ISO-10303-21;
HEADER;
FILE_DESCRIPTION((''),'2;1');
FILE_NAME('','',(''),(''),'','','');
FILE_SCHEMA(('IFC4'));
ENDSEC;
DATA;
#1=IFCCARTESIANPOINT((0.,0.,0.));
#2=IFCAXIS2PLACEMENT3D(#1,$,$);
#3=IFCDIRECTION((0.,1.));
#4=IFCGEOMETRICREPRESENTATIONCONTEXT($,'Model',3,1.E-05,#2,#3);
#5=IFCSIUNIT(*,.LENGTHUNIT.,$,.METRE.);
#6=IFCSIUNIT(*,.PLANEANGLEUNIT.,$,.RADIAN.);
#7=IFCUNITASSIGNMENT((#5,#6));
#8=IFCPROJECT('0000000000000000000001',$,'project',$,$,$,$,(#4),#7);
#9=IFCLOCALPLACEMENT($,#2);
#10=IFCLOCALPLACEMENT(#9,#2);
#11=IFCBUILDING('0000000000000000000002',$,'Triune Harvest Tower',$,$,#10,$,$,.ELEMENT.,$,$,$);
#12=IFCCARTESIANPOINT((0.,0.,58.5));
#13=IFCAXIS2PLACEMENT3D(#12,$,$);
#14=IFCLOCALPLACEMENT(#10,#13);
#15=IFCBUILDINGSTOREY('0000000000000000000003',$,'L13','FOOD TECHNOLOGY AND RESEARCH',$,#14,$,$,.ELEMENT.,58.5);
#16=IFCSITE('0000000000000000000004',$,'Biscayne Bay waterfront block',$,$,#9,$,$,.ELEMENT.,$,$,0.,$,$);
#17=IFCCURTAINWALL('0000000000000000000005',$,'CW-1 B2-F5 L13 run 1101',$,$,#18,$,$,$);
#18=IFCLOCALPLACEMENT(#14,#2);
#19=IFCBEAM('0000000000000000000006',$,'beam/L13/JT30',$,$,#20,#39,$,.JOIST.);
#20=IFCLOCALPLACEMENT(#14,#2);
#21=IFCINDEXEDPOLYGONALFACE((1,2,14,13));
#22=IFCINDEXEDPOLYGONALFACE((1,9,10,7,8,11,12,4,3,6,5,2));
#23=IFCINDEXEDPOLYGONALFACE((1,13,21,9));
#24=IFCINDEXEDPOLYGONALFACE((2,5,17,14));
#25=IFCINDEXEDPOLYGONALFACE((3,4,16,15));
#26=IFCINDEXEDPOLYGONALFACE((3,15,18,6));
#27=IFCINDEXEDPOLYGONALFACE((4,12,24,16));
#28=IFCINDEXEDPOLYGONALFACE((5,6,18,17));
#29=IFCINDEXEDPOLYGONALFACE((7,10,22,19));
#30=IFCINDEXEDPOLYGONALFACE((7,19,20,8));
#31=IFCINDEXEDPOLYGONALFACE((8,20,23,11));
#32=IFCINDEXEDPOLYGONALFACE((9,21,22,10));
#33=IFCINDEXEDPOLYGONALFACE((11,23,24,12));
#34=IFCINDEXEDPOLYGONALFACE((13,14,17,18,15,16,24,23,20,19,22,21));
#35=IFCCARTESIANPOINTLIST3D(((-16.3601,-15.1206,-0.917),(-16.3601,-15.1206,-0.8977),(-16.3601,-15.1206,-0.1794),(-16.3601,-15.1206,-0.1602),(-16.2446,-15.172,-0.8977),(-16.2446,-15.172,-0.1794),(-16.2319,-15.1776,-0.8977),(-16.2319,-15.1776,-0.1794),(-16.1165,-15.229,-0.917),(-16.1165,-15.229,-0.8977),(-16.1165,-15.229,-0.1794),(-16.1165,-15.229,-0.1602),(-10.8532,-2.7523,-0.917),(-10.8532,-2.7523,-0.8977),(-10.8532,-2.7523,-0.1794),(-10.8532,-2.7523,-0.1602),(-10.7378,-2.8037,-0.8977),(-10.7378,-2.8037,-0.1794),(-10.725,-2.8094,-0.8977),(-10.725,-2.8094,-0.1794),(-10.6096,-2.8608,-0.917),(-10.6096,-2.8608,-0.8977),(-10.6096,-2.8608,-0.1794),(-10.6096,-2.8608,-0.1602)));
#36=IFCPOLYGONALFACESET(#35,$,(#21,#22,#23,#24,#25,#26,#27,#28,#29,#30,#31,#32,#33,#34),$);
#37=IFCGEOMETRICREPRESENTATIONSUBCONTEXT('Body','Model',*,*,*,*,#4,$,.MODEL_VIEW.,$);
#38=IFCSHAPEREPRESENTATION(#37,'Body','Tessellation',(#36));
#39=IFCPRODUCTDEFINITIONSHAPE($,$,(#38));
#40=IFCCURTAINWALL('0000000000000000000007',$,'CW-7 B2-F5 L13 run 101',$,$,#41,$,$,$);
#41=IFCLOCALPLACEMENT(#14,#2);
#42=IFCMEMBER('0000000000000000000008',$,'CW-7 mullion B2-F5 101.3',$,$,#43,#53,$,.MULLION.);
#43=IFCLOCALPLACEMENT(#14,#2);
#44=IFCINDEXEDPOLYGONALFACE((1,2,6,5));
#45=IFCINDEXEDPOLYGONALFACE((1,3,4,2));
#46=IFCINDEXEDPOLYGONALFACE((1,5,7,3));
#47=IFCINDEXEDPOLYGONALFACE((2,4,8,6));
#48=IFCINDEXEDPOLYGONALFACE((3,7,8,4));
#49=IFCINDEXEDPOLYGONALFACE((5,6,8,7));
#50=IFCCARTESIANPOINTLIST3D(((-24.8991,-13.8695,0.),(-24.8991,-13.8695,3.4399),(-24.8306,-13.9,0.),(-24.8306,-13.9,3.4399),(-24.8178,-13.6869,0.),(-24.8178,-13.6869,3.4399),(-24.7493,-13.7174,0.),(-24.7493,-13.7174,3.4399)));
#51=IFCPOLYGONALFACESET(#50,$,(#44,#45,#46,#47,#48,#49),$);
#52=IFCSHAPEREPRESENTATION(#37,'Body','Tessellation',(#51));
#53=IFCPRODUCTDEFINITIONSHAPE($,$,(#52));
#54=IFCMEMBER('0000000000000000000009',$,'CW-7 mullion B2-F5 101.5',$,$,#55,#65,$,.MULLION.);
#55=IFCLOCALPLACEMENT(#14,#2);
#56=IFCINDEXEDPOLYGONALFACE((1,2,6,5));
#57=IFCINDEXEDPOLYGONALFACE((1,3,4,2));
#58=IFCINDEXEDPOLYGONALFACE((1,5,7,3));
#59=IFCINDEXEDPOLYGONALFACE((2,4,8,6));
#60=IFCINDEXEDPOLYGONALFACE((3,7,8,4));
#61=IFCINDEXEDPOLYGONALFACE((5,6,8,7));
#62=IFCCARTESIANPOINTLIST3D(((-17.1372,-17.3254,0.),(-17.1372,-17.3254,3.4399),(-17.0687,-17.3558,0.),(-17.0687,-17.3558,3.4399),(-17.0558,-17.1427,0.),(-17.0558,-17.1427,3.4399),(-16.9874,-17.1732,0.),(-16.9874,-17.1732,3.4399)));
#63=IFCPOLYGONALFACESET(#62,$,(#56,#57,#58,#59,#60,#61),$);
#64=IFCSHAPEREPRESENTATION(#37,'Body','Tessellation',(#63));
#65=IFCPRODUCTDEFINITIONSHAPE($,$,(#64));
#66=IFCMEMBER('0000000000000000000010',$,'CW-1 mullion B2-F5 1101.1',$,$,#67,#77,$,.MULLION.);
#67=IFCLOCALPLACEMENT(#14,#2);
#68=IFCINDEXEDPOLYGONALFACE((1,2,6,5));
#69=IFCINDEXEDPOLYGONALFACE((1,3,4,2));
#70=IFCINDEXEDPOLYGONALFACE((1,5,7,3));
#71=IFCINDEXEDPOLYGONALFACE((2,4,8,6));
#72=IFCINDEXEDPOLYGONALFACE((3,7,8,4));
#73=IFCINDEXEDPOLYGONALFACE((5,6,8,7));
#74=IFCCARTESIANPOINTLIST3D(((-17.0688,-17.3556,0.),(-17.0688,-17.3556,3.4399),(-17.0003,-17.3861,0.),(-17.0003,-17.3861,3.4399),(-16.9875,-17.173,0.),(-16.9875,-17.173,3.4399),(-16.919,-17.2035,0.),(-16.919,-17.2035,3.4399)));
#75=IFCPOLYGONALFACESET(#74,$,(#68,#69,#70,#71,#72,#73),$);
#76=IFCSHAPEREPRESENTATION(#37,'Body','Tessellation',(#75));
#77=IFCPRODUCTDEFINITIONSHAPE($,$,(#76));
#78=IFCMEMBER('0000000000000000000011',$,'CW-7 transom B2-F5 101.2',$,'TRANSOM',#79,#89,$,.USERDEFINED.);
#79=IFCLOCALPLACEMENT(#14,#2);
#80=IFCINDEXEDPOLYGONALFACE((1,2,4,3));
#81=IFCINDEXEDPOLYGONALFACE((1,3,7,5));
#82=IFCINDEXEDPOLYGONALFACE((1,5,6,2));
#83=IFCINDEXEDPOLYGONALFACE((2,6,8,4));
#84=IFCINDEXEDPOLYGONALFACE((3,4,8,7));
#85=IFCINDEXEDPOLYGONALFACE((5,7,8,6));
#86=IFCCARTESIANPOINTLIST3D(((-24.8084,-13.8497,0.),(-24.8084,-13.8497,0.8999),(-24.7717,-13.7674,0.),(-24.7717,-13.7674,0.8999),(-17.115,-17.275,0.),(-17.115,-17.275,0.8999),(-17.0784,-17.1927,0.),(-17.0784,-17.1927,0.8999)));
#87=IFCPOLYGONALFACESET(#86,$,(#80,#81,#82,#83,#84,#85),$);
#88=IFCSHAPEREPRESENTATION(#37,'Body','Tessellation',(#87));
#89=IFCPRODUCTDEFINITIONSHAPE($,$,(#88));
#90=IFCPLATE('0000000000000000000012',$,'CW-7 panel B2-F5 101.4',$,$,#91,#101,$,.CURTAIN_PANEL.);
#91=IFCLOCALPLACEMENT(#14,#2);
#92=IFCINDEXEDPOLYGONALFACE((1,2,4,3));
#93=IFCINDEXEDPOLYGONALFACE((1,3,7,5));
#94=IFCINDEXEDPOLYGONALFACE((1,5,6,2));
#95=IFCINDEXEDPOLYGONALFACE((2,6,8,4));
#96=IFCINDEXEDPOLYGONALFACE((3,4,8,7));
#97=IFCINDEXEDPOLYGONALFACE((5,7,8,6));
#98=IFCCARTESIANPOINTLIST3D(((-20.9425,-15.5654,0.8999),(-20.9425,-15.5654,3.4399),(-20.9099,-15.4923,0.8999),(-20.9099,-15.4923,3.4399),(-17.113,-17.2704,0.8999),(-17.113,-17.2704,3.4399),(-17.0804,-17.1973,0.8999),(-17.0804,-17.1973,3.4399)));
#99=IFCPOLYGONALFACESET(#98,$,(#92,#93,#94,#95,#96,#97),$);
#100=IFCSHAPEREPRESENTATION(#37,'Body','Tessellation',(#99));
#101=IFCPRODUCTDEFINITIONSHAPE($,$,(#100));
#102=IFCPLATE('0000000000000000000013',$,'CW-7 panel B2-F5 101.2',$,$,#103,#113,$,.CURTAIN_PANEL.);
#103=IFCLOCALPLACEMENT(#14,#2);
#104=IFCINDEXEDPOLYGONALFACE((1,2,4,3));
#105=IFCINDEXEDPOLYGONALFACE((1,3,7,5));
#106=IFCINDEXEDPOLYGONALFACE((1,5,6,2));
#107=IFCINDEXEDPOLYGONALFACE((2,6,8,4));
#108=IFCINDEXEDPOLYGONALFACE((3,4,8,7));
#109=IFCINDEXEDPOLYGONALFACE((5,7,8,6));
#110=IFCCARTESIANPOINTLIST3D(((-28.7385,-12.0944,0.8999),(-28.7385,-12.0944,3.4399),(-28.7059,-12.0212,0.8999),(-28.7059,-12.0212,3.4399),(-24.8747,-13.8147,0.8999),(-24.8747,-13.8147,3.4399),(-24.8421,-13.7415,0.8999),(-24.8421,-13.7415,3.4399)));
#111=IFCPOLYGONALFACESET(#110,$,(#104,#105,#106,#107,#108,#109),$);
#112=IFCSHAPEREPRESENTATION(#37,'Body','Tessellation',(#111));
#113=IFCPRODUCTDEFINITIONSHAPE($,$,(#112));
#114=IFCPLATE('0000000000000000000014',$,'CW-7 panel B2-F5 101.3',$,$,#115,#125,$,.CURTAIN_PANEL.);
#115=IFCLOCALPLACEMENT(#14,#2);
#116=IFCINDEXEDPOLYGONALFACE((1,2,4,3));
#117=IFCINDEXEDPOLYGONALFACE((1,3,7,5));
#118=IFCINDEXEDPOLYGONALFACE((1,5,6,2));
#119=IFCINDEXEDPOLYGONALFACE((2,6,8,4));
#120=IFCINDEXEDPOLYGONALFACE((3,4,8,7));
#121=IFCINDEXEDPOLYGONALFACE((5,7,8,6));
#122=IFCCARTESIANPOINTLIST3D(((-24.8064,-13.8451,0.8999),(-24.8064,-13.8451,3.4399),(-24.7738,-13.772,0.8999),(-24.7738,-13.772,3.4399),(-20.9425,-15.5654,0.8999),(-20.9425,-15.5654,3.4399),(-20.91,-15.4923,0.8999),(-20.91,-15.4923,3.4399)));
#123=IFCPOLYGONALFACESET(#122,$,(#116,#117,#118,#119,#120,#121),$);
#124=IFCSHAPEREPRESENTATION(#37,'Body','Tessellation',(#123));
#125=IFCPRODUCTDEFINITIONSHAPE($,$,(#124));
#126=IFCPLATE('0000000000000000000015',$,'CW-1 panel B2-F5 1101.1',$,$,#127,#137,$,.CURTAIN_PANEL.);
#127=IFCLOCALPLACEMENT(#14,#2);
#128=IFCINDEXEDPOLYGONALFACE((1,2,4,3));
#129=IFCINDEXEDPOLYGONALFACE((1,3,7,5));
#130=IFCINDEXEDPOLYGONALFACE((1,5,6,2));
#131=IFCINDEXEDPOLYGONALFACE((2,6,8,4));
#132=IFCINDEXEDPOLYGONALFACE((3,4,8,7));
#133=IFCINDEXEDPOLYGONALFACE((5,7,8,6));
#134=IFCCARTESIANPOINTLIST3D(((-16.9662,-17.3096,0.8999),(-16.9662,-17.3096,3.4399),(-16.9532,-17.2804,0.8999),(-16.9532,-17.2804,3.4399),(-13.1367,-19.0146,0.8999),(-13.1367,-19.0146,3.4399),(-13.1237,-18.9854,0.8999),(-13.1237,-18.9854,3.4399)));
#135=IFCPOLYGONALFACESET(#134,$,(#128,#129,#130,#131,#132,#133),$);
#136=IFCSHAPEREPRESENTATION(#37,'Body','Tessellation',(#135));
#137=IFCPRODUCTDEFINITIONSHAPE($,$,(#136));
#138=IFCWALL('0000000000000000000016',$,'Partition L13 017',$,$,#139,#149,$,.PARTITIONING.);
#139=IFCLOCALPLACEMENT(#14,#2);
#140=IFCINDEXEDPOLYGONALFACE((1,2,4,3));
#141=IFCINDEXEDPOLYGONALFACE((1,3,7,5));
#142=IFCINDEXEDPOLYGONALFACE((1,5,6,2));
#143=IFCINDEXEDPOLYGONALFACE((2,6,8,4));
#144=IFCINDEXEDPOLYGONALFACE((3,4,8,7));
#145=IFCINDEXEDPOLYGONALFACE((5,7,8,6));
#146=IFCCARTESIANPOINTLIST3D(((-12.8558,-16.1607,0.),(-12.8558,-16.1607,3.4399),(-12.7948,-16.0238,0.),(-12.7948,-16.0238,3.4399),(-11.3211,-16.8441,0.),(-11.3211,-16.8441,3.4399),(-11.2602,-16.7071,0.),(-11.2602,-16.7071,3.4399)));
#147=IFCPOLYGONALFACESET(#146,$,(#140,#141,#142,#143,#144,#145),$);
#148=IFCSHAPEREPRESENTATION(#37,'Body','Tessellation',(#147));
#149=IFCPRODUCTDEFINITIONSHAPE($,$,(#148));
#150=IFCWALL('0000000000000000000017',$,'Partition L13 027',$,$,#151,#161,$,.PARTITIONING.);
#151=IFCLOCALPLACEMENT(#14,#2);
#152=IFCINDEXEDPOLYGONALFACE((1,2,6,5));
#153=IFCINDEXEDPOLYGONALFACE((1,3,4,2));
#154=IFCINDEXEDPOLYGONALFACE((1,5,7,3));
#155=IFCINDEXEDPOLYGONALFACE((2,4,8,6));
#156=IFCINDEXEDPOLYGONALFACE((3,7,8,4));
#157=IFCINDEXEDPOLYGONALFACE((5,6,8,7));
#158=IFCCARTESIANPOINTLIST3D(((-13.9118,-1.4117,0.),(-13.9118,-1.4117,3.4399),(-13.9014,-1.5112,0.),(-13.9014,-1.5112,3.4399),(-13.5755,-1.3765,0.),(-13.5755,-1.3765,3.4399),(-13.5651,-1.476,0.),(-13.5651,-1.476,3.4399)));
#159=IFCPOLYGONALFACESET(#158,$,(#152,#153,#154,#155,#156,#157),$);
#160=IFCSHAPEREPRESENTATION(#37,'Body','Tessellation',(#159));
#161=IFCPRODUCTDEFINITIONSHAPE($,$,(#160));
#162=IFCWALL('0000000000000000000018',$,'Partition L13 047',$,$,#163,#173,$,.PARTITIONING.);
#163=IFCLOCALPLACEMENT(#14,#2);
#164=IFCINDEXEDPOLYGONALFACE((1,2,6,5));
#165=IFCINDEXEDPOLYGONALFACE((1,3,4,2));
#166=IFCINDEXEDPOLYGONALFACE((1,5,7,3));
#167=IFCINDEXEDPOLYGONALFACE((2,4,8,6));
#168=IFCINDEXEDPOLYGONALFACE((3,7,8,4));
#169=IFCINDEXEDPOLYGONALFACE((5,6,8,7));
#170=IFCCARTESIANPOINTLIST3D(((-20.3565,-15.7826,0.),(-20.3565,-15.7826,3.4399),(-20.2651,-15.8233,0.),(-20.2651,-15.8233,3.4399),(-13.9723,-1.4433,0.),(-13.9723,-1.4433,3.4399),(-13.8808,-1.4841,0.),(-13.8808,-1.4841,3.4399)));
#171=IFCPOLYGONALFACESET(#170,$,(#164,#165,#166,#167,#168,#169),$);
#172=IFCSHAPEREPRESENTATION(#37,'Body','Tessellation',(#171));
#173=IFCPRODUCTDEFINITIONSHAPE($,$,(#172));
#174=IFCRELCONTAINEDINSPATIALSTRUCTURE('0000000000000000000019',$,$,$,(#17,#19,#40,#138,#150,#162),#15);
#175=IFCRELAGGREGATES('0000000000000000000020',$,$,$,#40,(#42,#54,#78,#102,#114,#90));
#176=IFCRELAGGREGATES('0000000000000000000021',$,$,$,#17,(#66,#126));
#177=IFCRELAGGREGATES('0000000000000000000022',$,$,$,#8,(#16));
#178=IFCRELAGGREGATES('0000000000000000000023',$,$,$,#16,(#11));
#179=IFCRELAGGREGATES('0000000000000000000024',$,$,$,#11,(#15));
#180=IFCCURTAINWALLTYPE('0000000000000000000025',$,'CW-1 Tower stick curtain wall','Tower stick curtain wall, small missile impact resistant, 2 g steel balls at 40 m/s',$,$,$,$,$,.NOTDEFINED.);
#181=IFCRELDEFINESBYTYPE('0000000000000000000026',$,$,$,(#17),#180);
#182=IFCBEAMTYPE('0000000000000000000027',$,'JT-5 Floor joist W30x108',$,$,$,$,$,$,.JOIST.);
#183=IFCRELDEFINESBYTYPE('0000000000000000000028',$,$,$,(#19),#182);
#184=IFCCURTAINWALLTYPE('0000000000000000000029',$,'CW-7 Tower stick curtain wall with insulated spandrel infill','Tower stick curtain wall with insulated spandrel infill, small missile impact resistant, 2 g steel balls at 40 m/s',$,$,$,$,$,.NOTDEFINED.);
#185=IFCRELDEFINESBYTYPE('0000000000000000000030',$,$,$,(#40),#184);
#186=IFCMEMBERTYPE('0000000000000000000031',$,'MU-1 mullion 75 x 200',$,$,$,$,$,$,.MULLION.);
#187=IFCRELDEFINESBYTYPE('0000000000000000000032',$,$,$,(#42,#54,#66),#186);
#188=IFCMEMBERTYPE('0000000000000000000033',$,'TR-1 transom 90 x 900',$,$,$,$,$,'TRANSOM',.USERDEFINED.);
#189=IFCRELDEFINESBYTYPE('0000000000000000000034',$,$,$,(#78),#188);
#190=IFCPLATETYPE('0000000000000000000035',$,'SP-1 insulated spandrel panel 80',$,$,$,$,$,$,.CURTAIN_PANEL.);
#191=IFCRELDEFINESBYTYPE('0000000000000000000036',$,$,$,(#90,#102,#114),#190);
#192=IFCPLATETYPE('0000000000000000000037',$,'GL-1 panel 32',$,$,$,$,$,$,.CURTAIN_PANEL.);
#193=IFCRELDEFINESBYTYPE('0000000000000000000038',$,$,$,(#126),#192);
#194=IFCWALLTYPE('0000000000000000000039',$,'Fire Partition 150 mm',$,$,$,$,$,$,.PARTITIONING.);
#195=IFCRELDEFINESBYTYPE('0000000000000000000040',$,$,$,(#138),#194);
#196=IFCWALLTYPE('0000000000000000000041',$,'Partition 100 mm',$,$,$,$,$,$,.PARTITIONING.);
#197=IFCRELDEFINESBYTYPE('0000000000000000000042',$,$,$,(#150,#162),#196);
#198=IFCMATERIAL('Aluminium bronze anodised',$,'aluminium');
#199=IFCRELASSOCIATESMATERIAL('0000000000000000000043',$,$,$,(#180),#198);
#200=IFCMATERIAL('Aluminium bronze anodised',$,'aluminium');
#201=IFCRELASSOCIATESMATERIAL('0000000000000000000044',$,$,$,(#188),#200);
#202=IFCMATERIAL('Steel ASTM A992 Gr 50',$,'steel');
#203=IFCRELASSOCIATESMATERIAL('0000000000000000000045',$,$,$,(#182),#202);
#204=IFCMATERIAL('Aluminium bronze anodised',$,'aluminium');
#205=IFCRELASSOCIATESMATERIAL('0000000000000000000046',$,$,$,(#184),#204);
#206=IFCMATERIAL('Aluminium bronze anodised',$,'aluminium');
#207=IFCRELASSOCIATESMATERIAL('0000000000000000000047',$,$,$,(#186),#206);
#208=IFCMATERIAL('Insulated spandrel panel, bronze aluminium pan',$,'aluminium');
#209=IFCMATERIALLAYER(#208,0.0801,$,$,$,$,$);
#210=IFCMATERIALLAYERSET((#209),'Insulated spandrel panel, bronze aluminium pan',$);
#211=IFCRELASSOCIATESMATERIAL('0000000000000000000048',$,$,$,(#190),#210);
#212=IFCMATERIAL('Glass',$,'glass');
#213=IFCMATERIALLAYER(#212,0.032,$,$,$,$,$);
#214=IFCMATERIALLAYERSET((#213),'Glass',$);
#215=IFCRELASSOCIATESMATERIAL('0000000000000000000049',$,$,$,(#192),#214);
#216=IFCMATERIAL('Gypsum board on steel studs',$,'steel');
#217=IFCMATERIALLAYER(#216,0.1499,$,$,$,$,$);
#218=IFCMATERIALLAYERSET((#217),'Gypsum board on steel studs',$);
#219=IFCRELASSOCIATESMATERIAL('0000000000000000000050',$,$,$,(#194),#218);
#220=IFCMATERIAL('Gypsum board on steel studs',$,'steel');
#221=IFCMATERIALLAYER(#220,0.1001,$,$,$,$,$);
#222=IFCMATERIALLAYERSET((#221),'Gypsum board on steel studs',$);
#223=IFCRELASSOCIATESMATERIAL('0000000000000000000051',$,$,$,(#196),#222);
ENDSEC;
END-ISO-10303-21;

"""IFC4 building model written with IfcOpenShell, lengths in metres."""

from ifc_helpers import new_model, si_unit, direction, frame, frame_2d, origin, origin_2d, place, context, subcontext, project, spatial, rectangle, i_section, extrude, source, transform, mapped, material, layer, layer_set, material_profile, profile_set, type_object, element, aggregate, save


model = new_model("IFC4")

# Units and contexts
model_context = context("Model", 3, precision=1e-05, world=origin(), true_north=direction((0.0, 1.0)))
body_context = subcontext(model_context, "Body", "Model", "MODEL_VIEW")
ifc_project = project(units=[si_unit("LENGTHUNIT", "METRE"), si_unit("PLANEANGLEUNIT", "RADIAN")], contexts=[model_context])

# Site, building, storey
site_placement = place(None, origin())
site = spatial("IfcSite", under=ifc_project, at=site_placement, Name="Biscayne Bay waterfront block", CompositionType="ELEMENT", RefElevation=0.0)
building_placement = place(site_placement, origin())
building = spatial("IfcBuilding", under=site, at=building_placement, Name="Triune Harvest Tower", CompositionType="ELEMENT")
storey_placement = place(building_placement, frame((0.0, 0.0, 58.5)))
storey = spatial("IfcBuildingStorey", under=building, at=storey_placement, Name="L13", Description="FOOD TECHNOLOGY AND RESEARCH", CompositionType="ELEMENT", Elevation=58.5)

# Curtain wall
ifc_material_1 = material(Name="Aluminium bronze anodised", Category="aluminium")
curtain_wall_type_1 = type_object("IfcCurtainWallType", Name="CW-1 Tower stick curtain wall", Description="Tower stick curtain wall, small missile impact resistant, 2 g steel balls at 40 m/s", PredefinedType="NOTDEFINED", material=ifc_material_1)
curtain_wall_1_placement = place(storey_placement, origin())
curtain_wall_1 = element("IfcCurtainWall", 1, at=curtain_wall_1_placement, inside=storey, type_object=curtain_wall_type_1, Name="CW-1 B2-F5 L13 run 1101")
ifc_material_2 = material(Name="Aluminium bronze anodised", Category="aluminium")
ifc_material_profile_1 = material_profile(ifc_material_2, rectangle(XDim=0.0901, YDim=0.8999, at=origin_2d()), Name="TR-1 transom 90 x 900")
ifc_profile_set_1 = profile_set([ifc_material_profile_1], Name="Aluminium bronze anodised")
member_type_1 = type_object("IfcMemberType", Name="TR-1 transom 90 x 900", ElementType="TRANSOM", PredefinedType="USERDEFINED", material=ifc_profile_set_1)

# Beam
ifc_material_3 = material(Name="Steel ASTM A992 Gr 50", Category="steel")
ifc_material_profile_2 = material_profile(ifc_material_3, i_section(OverallWidth=0.2666, OverallDepth=0.7568, WebThickness=0.0139, FlangeThickness=0.0193, at=origin_2d()), Name="W30x108")
ifc_profile_set_2 = profile_set([ifc_material_profile_2], Name="Steel ASTM A992 Gr 50")
beam_type_1 = type_object("IfcBeamType", Name="JT-5 Floor joist W30x108", PredefinedType="JOIST", material=ifc_profile_set_2)
shared_shape_1 = source(origin(), body_context, "Body", "SweptSolid", [
    extrude(i_section(OverallWidth=0.2666, OverallDepth=0.7568, WebThickness=0.0139, FlangeThickness=0.0193, at=origin_2d()), origin(), (0.0, 0.0, 1.0), 13.5388),
])
beam_1_placement = place(storey_placement, frame((-16.2383, -15.1748, -0.5386), z_axis=(0.406747, 0.913541, 0.0), x_axis=(-0.913541, 0.406747, 0.0)))
element("IfcBeam", 2, at=beam_1_placement, inside=storey, type_object=beam_type_1, Name="beam/L13/JT30", PredefinedType="JOIST", context=body_context, shape_type="MappedRepresentation", body=[
    mapped(shared_shape_1, transform((0.0, 0.0, 0.0), scale=1.0)),
])

# Curtain wall, members
ifc_material_4 = material(Name="Aluminium bronze anodised", Category="aluminium")
curtain_wall_type_2 = type_object("IfcCurtainWallType", Name="CW-7 Tower stick curtain wall with insulated spandrel infill", Description="Tower stick curtain wall with insulated spandrel infill, small missile impact resistant, 2 g steel balls at 40 m/s", PredefinedType="NOTDEFINED", material=ifc_material_4)
curtain_wall_2_placement = place(storey_placement, origin())
curtain_wall_2 = element("IfcCurtainWall", 3, at=curtain_wall_2_placement, inside=storey, type_object=curtain_wall_type_2, Name="CW-7 B2-F5 L13 run 101")
ifc_material_5 = material(Name="Aluminium bronze anodised", Category="aluminium")
ifc_material_profile_3 = material_profile(ifc_material_5, rectangle(XDim=0.2, YDim=0.075, at=origin_2d()), Name="MU-1 mullion 75 x 200")
ifc_profile_set_3 = profile_set([ifc_material_profile_3], Name="Aluminium bronze anodised")
member_type_2 = type_object("IfcMemberType", Name="MU-1 mullion 75 x 200", PredefinedType="MULLION", material=ifc_profile_set_3)
shared_shape_2 = source(origin(), body_context, "Body", "SweptSolid", [
    extrude(rectangle(XDim=0.2, YDim=0.075, at=origin_2d()), origin(), (0.0, 0.0, 1.0), 3.4399),
])
member_1_placement = place(storey_placement, frame((-24.8242, -13.7935, 0.0), z_axis=(0.0, 0.0, 1.0), x_axis=(0.406737, 0.913545, 0.0)))
member_1 = element("IfcMember", 4, at=member_1_placement, type_object=member_type_2, Name="CW-7 mullion B2-F5 101.3", PredefinedType="MULLION", context=body_context, shape_type="MappedRepresentation", body=[
    mapped(shared_shape_2, transform((0.0, 0.0, 0.0), scale=1.0)),
])
member_2_placement = place(storey_placement, frame((-17.0623, -17.2493, 0.0), z_axis=(0.0, 0.0, 1.0), x_axis=(0.406737, 0.913545, 0.0)))
member_2 = element("IfcMember", 5, at=member_2_placement, type_object=member_type_2, Name="CW-7 mullion B2-F5 101.5", PredefinedType="MULLION", context=body_context, shape_type="MappedRepresentation", body=[
    mapped(shared_shape_2, transform((0.0, 0.0, 0.0), scale=1.0)),
])

# Members
member_3_placement = place(storey_placement, frame((-16.9939, -17.2795, 0.0), z_axis=(0.0, 0.0, 1.0), x_axis=(0.406738, 0.913545, 0.0)))
member_3 = element("IfcMember", 6, at=member_3_placement, type_object=member_type_2, Name="CW-1 mullion B2-F5 1101.1", PredefinedType="MULLION", context=body_context, shape_type="MappedRepresentation", body=[
    mapped(shared_shape_2, transform((0.0, 0.0, 0.0), scale=1.0)),
])
shared_shape_3 = source(origin(), body_context, "Body", "SweptSolid", [
    extrude(rectangle(XDim=0.0901, YDim=0.8999, at=origin_2d()), origin(), (0.0, 0.0, 1.0), 8.4214),
])
member_4_placement = place(storey_placement, frame((-24.79, -13.8086, 0.45), z_axis=(0.913546, -0.406736, 0.0), x_axis=(0.406736, 0.913546, 0.0)))
member_4 = element("IfcMember", 7, at=member_4_placement, type_object=member_type_1, Name="CW-7 transom B2-F5 101.2", ObjectType="TRANSOM", PredefinedType="USERDEFINED", context=body_context, shape_type="MappedRepresentation", body=[
    mapped(shared_shape_3, transform((0.0, 0.0, 0.0), scale=1.0)),
])

# Plates
ifc_material_6 = material(Name="Insulated spandrel panel, bronze aluminium pan", Category="aluminium")
ifc_layer_1 = layer(ifc_material_6, 0.0801)
ifc_layer_set_1 = layer_set([ifc_layer_1], Name="Insulated spandrel panel, bronze aluminium pan")
plate_type_1 = type_object("IfcPlateType", Name="SP-1 insulated spandrel panel 80", PredefinedType="CURTAIN_PANEL", material=ifc_layer_set_1)
shared_shape_4 = source(origin(), body_context, "Body", "SweptSolid", [
    extrude(rectangle(XDim=4.1919, YDim=0.0801, at=origin_2d()), origin(), (0.0, 0.0, 1.0), 2.54),
])
plate_1_placement = place(storey_placement, frame((-19.0115, -16.3813, 0.8999), z_axis=(0.0, 0.0, 1.0), x_axis=(0.913545, -0.406737, 0.0)))
plate_1 = element("IfcPlate", 8, at=plate_1_placement, type_object=plate_type_1, Name="CW-7 panel B2-F5 101.4", PredefinedType="CURTAIN_PANEL", context=body_context, shape_type="MappedRepresentation", body=[
    mapped(shared_shape_4, transform((0.0, 0.0, 0.0), scale=1.0)),
])
shared_shape_5 = source(origin(), body_context, "Body", "SweptSolid", [
    extrude(rectangle(XDim=4.2295, YDim=0.0801, at=origin_2d()), origin(), (0.0, 0.0, 1.0), 2.54),
])
plate_2_placement = place(storey_placement, frame((-26.7903, -12.918, 0.8999), z_axis=(0.0, 0.0, 1.0), x_axis=(0.913545, -0.406737, 0.0)))
plate_2 = element("IfcPlate", 9, at=plate_2_placement, type_object=plate_type_1, Name="CW-7 panel B2-F5 101.2", PredefinedType="CURTAIN_PANEL", context=body_context, shape_type="MappedRepresentation", body=[
    mapped(shared_shape_5, transform((0.0, 0.0, 0.0), scale=1.0)),
])
plate_3_placement = place(storey_placement, frame((-22.8582, -14.6687, 0.8999), z_axis=(0.0, 0.0, 1.0), x_axis=(0.913545, -0.406737, 0.0)))
plate_3 = element("IfcPlate", 10, at=plate_3_placement, type_object=plate_type_1, Name="CW-7 panel B2-F5 101.3", PredefinedType="CURTAIN_PANEL", context=body_context, shape_type="MappedRepresentation", body=[
    mapped(shared_shape_5, transform((0.0, 0.0, 0.0), scale=1.0)),
])
aggregate(curtain_wall_2, [member_1, member_2, member_4, plate_2, plate_3, plate_1])
ifc_material_7 = material(Name="Glass", Category="glass")
ifc_layer_2 = layer(ifc_material_7, 0.032)
ifc_layer_set_2 = layer_set([ifc_layer_2], Name="Glass")
plate_type_2 = type_object("IfcPlateType", Name="GL-1 panel 32", PredefinedType="CURTAIN_PANEL", material=ifc_layer_set_2)
shared_shape_6 = source(origin(), body_context, "Body", "SweptSolid", [
    extrude(rectangle(XDim=4.1919, YDim=0.032, at=origin_2d()), origin(), (0.0, 0.0, 1.0), 2.54),
])
plate_4_placement = place(storey_placement, frame((-15.0449, -18.1475, 0.8999), z_axis=(0.0, 0.0, 1.0), x_axis=(0.913545, -0.406738, 0.0)))
plate_4 = element("IfcPlate", 11, at=plate_4_placement, type_object=plate_type_2, Name="CW-1 panel B2-F5 1101.1", PredefinedType="CURTAIN_PANEL", context=body_context, shape_type="MappedRepresentation", body=[
    mapped(shared_shape_6, transform((0.0, 0.0, 0.0), scale=1.0)),
])
aggregate(curtain_wall_1, [member_3, plate_4])

# Walls
ifc_material_8 = material(Name="Gypsum board on steel studs", Category="steel")
ifc_layer_3 = layer(ifc_material_8, 0.1499)
ifc_layer_set_3 = layer_set([ifc_layer_3], Name="Gypsum board on steel studs")
wall_type_1 = type_object("IfcWallType", Name="Fire Partition 150 mm", PredefinedType="PARTITIONING", material=ifc_layer_set_3)
wall_1_placement = place(storey_placement, frame((-12.8252, -16.0923, 0.0), z_axis=(0.0, 0.0, 1.0), x_axis=(0.91353, -0.406772, 0.0)))
element("IfcWall", 12, at=wall_1_placement, inside=storey, type_object=wall_type_1, Name="Partition L13 017", PredefinedType="PARTITIONING", context=body_context, shape_type="SweptSolid", body=[
    extrude(rectangle(XDim=1.6799, YDim=0.1499, at=frame_2d((0.8398, 0.0))), origin(), (0.0, 0.0, 1.0), 3.4399),
])
ifc_material_9 = material(Name="Gypsum board on steel studs", Category="steel")
ifc_layer_4 = layer(ifc_material_9, 0.1001)
ifc_layer_set_4 = layer_set([ifc_layer_4], Name="Gypsum board on steel studs")
wall_type_2 = type_object("IfcWallType", Name="Partition 100 mm", PredefinedType="PARTITIONING", material=ifc_layer_set_4)
wall_2_placement = place(storey_placement, frame((-13.9065, -1.4614, 0.0), z_axis=(0.0, 0.0, 1.0), x_axis=(0.994576, 0.104008, 0.0)))
element("IfcWall", 13, at=wall_2_placement, inside=storey, type_object=wall_type_2, Name="Partition L13 027", PredefinedType="PARTITIONING", context=body_context, shape_type="SweptSolid", body=[
    extrude(rectangle(XDim=0.3381, YDim=0.1001, at=frame_2d((0.1689, 0.0))), origin(), (0.0, 0.0, 1.0), 3.4399),
])
wall_3_placement = place(storey_placement, frame((-20.3108, -15.803, 0.0), z_axis=(0.0, 0.0, 1.0), x_axis=(0.406736, 0.913546, 0.0)))
element("IfcWall", 14, at=wall_3_placement, inside=storey, type_object=wall_type_2, Name="Partition L13 047", PredefinedType="PARTITIONING", context=body_context, shape_type="SweptSolid", body=[
    extrude(rectangle(XDim=15.6963, YDim=0.1001, at=frame_2d((7.8481, 0.0))), origin(), (0.0, 0.0, 1.0), 3.4399),
])

save(model, "model.ifc")
